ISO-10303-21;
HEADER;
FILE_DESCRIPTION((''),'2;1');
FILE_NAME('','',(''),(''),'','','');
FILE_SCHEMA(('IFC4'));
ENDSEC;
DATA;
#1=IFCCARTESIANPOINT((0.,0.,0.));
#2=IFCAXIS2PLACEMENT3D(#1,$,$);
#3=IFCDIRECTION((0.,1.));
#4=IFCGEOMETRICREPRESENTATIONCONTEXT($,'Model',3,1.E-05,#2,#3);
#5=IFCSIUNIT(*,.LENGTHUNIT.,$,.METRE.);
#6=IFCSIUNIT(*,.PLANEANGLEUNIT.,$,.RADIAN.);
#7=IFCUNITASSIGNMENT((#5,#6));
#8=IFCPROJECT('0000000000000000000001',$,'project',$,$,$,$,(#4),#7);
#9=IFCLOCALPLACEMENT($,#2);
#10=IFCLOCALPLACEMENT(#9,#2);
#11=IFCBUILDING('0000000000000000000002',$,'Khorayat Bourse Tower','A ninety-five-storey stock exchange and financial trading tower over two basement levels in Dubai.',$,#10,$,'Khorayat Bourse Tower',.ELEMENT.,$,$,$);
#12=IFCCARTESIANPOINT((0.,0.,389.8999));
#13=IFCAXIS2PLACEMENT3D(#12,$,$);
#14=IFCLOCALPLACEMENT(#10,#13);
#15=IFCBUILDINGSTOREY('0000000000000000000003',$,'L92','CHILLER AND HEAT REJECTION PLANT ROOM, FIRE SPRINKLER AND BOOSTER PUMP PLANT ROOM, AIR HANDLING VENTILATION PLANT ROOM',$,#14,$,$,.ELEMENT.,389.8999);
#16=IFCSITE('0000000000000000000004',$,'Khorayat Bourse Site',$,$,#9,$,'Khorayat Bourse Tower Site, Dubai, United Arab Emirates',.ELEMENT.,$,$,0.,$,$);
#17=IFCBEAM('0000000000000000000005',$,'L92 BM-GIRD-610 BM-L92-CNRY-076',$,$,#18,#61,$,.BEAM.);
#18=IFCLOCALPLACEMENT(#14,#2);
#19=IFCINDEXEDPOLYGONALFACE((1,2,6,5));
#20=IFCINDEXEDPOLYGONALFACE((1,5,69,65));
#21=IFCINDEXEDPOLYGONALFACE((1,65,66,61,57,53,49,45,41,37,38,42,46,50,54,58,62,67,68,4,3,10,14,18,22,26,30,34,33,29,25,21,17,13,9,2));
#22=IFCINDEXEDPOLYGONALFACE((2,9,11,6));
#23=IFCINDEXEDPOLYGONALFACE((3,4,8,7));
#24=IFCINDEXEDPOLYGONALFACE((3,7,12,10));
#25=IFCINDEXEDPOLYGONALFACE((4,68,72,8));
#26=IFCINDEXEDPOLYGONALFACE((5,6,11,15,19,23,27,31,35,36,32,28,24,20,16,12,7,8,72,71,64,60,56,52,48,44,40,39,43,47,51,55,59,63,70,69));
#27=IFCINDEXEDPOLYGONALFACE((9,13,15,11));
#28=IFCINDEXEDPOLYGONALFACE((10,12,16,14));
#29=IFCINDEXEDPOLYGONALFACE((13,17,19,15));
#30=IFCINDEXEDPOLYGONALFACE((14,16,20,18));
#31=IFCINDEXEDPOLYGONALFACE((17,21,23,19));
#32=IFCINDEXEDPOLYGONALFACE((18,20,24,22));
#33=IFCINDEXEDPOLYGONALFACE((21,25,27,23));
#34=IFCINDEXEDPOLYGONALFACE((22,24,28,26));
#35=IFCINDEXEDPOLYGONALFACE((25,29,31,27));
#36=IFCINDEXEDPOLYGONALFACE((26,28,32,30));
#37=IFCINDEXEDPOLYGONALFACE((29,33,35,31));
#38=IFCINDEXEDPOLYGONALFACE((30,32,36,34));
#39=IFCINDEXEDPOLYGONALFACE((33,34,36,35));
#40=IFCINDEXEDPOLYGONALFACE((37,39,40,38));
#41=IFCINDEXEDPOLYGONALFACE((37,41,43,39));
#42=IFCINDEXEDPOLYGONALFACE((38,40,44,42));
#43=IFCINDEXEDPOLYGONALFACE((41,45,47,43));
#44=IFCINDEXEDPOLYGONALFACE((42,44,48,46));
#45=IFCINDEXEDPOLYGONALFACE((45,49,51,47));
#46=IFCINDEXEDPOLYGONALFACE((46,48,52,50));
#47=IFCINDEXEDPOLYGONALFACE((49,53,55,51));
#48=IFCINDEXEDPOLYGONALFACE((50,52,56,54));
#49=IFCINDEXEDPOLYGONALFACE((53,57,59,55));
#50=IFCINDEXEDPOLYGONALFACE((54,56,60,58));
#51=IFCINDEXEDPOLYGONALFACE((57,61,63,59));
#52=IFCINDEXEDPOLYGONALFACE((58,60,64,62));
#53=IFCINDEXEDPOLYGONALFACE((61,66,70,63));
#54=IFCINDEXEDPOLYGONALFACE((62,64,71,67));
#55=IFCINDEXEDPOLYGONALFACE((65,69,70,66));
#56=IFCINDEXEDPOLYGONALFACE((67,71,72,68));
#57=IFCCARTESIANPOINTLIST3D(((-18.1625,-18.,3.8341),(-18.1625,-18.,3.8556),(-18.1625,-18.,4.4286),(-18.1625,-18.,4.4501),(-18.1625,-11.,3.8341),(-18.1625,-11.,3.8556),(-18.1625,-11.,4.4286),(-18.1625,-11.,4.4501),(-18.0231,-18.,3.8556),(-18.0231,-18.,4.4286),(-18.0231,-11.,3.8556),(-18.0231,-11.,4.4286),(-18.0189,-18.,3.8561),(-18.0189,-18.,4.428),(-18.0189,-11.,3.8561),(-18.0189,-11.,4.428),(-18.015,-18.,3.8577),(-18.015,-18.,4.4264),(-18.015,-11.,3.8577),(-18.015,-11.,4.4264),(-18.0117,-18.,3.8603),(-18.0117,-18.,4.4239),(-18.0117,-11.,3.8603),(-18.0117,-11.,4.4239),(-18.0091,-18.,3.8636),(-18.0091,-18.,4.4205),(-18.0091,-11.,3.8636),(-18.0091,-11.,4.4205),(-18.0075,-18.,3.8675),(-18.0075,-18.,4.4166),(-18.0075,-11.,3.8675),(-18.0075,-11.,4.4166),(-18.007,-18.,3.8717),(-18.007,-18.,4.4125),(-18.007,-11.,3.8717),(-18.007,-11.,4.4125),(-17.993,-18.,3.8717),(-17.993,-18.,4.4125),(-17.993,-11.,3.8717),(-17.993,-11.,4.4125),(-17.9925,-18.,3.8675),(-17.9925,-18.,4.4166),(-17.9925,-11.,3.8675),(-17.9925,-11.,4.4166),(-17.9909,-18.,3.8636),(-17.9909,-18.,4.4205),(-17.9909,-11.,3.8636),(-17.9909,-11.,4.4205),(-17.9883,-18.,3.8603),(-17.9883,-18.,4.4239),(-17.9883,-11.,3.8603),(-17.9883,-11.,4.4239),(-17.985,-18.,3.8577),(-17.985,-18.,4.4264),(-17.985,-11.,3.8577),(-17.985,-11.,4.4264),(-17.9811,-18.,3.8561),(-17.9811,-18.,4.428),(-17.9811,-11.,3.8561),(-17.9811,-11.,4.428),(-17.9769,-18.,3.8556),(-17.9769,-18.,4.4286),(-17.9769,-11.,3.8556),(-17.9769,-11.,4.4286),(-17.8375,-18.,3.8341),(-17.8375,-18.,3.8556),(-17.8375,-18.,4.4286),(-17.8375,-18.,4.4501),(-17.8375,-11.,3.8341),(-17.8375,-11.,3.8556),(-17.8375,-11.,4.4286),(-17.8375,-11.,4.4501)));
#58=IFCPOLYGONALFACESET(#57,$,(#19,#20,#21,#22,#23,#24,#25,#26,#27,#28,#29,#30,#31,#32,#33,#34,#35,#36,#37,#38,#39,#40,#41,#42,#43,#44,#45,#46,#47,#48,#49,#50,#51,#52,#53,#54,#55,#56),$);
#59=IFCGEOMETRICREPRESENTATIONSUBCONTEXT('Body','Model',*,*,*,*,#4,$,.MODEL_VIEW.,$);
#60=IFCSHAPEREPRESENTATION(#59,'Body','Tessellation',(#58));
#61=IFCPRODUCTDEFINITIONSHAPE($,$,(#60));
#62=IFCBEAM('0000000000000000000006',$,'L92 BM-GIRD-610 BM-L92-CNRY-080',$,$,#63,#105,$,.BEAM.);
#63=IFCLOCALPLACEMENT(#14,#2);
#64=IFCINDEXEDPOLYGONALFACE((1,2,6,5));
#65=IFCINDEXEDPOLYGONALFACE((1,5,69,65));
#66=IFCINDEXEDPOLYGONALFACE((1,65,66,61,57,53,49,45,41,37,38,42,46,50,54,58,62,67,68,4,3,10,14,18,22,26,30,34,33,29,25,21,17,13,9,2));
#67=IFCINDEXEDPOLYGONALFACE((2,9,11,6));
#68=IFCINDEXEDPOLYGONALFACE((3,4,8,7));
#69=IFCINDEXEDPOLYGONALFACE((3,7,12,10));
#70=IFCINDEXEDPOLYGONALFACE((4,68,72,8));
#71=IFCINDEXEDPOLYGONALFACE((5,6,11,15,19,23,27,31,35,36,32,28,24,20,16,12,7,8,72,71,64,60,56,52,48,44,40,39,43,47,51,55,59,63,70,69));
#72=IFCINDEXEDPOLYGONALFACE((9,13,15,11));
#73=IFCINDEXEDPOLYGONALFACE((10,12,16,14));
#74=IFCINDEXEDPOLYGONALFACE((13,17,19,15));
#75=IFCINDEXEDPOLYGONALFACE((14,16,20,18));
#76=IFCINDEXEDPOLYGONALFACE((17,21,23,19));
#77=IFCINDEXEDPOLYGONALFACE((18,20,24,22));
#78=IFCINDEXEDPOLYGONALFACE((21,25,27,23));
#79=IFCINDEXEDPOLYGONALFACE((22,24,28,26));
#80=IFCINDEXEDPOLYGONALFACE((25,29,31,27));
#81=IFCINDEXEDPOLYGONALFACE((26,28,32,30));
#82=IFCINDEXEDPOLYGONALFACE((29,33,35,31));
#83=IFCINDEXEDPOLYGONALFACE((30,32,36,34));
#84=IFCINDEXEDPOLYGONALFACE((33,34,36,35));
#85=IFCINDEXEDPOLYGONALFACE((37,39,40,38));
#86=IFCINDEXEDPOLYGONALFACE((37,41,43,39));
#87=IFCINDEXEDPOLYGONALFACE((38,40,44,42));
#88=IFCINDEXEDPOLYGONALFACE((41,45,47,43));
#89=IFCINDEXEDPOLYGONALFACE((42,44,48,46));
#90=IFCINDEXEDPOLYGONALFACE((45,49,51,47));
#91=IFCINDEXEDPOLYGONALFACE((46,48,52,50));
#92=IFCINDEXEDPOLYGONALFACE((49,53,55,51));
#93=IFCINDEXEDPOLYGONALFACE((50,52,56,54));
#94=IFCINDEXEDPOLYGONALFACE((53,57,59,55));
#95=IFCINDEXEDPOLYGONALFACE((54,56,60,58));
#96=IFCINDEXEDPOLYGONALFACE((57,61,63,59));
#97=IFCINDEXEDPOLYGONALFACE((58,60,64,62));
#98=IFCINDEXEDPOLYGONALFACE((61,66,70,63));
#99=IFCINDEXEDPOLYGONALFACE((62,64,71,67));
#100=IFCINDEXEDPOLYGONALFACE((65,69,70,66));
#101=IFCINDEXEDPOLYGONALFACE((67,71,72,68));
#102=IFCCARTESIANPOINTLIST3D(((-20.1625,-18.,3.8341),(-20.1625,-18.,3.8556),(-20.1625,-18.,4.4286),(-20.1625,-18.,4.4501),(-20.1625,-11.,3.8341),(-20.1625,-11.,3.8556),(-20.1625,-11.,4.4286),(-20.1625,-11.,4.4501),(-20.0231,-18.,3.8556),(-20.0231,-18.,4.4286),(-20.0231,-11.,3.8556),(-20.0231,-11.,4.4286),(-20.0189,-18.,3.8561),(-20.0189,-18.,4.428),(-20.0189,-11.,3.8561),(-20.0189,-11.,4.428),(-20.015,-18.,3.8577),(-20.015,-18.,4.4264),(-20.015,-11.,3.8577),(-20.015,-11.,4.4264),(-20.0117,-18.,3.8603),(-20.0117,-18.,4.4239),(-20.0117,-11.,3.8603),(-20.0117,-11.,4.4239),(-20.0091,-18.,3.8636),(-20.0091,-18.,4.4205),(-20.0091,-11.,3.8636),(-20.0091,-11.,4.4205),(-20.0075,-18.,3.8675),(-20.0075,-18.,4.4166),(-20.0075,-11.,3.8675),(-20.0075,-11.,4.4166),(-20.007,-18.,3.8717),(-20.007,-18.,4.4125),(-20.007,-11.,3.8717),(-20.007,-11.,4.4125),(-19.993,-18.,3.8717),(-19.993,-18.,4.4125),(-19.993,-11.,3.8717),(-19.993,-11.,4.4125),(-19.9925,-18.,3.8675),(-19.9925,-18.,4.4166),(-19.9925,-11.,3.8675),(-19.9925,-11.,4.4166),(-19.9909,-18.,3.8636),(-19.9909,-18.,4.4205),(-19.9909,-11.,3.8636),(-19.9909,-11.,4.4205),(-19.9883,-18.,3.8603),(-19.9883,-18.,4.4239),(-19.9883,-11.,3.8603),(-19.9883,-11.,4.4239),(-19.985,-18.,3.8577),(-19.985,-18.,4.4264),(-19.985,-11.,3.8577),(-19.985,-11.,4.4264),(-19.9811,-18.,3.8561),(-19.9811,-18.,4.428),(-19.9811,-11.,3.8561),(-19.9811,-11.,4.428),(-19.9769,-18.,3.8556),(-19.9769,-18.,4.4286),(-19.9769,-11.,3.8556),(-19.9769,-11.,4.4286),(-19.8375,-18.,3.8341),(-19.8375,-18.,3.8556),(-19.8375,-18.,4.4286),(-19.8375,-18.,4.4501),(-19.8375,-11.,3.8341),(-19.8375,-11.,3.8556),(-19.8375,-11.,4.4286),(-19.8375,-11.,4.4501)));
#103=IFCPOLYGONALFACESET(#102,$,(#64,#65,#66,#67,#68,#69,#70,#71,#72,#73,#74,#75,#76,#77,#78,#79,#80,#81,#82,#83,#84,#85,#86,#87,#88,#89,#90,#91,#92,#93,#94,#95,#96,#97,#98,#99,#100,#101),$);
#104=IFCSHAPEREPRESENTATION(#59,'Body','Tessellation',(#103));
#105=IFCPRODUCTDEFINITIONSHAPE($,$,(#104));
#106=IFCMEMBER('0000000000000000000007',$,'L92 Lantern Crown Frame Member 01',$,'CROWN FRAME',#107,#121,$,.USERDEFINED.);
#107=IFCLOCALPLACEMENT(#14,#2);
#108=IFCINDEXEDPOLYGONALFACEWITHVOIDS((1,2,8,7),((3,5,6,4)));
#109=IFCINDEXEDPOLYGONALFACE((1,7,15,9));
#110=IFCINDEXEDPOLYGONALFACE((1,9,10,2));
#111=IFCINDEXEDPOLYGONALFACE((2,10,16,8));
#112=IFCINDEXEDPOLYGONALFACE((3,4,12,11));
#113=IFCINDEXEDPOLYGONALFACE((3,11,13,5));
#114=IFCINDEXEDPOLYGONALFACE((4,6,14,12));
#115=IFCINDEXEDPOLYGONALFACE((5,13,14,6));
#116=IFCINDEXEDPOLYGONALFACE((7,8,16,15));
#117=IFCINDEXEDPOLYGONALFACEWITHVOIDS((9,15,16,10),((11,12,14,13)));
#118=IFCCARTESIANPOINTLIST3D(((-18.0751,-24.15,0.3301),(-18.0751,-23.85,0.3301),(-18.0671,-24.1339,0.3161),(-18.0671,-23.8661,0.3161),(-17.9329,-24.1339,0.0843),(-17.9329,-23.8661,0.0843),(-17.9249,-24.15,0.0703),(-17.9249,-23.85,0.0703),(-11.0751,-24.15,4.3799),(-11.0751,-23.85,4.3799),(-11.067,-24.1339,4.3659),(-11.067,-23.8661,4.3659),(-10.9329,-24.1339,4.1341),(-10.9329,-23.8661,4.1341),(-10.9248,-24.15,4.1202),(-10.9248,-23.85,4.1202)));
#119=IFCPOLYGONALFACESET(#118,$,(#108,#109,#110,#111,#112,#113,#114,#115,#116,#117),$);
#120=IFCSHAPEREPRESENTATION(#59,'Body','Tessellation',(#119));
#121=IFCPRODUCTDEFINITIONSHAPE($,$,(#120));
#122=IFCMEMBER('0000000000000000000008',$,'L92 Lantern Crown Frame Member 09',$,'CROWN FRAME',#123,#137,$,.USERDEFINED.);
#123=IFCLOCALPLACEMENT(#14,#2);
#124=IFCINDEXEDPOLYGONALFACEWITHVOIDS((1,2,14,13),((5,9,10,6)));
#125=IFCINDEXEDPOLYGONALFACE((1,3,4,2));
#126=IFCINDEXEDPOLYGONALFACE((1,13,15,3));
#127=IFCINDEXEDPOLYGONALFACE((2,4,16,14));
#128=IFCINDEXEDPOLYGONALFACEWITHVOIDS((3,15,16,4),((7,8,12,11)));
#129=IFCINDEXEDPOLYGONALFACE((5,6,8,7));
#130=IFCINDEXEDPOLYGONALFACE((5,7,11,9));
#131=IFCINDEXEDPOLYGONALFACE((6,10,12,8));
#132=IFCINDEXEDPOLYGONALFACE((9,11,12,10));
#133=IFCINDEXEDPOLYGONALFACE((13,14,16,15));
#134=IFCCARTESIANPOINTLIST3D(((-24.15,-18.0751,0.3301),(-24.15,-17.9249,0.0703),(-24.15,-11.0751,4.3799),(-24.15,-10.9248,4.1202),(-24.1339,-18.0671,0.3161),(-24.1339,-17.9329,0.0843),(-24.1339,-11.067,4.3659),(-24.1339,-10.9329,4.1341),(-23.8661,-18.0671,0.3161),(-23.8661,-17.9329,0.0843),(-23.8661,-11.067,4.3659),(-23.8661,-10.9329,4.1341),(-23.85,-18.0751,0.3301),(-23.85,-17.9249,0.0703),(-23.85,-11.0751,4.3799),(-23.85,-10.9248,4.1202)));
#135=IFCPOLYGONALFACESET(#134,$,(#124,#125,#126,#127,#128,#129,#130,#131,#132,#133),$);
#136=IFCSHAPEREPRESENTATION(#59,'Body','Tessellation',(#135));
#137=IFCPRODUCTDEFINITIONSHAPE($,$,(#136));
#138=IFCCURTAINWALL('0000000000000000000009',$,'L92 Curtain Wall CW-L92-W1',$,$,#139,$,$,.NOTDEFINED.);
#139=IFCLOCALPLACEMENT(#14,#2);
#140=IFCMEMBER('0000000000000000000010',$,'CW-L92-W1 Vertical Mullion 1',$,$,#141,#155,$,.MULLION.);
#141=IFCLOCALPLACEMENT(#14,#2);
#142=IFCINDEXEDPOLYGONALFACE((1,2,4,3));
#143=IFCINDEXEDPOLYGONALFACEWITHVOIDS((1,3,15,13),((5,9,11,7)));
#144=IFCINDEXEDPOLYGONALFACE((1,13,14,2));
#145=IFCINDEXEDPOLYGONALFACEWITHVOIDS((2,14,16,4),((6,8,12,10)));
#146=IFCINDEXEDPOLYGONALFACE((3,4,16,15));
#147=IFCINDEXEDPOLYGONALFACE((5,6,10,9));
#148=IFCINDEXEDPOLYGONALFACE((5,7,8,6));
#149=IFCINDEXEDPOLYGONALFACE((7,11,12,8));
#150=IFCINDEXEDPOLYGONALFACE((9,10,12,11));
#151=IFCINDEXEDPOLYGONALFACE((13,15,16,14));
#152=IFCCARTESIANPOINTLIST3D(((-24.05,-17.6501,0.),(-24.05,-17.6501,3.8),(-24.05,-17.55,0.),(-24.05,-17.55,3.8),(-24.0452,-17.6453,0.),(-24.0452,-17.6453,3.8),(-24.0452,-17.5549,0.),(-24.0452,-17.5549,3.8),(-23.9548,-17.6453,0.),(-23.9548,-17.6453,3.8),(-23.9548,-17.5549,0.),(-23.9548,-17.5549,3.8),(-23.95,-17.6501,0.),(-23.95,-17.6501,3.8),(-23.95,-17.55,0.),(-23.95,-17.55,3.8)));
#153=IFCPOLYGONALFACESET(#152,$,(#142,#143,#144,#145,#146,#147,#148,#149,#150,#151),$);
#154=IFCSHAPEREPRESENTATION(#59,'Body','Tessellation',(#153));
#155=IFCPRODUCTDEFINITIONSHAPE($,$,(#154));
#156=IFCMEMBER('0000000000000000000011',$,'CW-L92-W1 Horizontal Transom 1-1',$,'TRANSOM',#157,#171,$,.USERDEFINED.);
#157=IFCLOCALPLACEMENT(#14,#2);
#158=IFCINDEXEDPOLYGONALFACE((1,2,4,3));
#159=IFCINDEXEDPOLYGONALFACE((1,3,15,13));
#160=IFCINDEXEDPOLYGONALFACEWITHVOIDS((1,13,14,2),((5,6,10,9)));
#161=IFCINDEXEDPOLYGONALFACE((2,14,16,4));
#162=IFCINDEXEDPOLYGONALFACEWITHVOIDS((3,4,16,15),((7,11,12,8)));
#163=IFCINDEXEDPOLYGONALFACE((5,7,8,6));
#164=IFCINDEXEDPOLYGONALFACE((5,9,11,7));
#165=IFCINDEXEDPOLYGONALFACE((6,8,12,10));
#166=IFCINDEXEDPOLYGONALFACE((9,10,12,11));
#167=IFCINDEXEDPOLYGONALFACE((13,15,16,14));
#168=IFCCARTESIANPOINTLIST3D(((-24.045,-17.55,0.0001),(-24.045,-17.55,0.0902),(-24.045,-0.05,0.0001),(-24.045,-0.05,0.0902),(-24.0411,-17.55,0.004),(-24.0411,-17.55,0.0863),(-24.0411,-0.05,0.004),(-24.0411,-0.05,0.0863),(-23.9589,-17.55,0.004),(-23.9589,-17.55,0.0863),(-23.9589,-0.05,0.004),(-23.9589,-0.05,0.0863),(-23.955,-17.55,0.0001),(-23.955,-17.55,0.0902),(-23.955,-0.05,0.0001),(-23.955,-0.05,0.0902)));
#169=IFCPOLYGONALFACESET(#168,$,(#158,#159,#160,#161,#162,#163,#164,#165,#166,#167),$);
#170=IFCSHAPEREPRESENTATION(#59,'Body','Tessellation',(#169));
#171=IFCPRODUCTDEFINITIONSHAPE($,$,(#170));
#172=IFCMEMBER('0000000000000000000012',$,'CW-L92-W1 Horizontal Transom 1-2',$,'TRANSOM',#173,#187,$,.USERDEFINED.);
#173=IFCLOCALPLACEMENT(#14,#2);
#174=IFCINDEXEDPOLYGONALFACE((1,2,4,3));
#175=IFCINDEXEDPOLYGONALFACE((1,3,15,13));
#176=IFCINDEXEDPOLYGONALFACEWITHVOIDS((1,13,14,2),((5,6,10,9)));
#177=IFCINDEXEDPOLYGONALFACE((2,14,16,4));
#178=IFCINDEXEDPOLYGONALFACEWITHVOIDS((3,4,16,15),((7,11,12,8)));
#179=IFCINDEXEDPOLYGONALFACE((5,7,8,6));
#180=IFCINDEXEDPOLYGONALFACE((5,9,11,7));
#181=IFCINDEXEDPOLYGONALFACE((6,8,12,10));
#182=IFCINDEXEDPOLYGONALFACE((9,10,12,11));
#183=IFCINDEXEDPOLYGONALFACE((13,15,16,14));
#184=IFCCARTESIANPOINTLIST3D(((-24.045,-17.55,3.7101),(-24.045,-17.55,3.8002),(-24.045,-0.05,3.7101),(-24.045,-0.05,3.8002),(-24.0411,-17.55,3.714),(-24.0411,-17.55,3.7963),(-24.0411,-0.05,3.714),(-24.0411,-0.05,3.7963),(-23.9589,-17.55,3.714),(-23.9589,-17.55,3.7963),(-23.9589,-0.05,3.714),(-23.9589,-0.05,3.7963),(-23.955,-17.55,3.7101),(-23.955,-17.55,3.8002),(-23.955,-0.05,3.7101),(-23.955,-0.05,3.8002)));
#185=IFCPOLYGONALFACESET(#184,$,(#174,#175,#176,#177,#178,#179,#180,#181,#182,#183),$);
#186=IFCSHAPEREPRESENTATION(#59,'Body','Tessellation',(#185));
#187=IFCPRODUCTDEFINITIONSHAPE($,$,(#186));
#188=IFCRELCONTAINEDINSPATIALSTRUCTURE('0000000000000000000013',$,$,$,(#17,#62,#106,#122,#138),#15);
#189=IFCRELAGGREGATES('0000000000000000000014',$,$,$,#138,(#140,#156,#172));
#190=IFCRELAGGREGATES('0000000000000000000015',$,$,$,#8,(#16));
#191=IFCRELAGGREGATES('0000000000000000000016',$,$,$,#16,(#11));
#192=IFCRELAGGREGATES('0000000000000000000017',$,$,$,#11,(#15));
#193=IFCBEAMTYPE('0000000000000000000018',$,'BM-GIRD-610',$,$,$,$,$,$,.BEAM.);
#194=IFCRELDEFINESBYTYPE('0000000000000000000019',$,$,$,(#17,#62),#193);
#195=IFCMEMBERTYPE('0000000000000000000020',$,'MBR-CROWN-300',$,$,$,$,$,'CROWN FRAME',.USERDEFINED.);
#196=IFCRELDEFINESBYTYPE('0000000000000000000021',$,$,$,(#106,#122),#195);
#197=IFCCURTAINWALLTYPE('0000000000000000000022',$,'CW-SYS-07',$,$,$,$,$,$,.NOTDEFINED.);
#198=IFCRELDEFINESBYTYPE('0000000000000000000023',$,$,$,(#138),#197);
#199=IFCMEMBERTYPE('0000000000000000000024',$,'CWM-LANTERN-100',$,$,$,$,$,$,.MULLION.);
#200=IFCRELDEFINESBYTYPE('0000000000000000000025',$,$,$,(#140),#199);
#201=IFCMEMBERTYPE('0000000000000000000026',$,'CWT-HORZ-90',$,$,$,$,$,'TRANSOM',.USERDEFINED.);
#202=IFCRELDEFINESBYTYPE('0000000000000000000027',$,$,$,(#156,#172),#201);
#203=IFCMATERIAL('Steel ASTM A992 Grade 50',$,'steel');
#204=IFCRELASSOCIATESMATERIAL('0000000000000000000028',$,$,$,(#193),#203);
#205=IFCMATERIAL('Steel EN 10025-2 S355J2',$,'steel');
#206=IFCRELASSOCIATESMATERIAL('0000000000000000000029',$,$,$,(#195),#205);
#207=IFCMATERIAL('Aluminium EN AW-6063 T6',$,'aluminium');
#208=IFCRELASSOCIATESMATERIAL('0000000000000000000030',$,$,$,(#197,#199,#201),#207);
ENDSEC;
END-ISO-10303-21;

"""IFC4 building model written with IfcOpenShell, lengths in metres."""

from ifc_helpers import new_model, si_unit, direction, frame, origin, origin_2d, place, context, subcontext, project, spatial, hollow_rectangle, i_section, extrude, source, transform, mapped, material, material_profile, profile_set, type_object, element, aggregate, save


model = new_model("IFC4")

# Units and contexts
model_context = context("Model", 3, precision=1e-05, world=origin(), true_north=direction((0.0, 1.0)))
body_context = subcontext(model_context, "Body", "Model", "MODEL_VIEW")
ifc_project = project(units=[si_unit("LENGTHUNIT", "METRE"), si_unit("PLANEANGLEUNIT", "RADIAN")], contexts=[model_context])

# Site, building, storey
site_placement = place(None, origin())
site = spatial("IfcSite", under=ifc_project, at=site_placement, Name="Khorayat Bourse Site", LongName="Khorayat Bourse Tower Site, Dubai, United Arab Emirates", CompositionType="ELEMENT", RefElevation=0.0)
building_placement = place(site_placement, origin())
building = spatial("IfcBuilding", under=site, at=building_placement, Name="Khorayat Bourse Tower", Description="A ninety-five-storey stock exchange and financial trading tower over two basement levels in Dubai.", LongName="Khorayat Bourse Tower", CompositionType="ELEMENT")
storey_placement = place(building_placement, frame((0.0, 0.0, 389.8999)))
storey = spatial("IfcBuildingStorey", under=building, at=storey_placement, Name="L92", Description="CHILLER AND HEAT REJECTION PLANT ROOM, FIRE SPRINKLER AND BOOSTER PUMP PLANT ROOM, AIR HANDLING VENTILATION PLANT ROOM", CompositionType="ELEMENT", Elevation=389.8999)

# Shared definitions
ifc_material_1 = material(Name="Steel EN 10025-2 S355J2", Category="steel")

# Beams
ifc_material_2 = material(Name="Steel ASTM A992 Grade 50", Category="steel")
ifc_material_profile_1 = material_profile(ifc_material_2, i_section(OverallWidth=0.325, OverallDepth=0.616, WebThickness=0.0139, FlangeThickness=0.0215, FilletRadius=0.0161, at=origin_2d()), Name="W610X174")
ifc_profile_set_1 = profile_set([ifc_material_profile_1], Name="Steel ASTM A992 Grade 50")
beam_type_1 = type_object("IfcBeamType", Name="BM-GIRD-610", PredefinedType="BEAM", material=ifc_profile_set_1)
shared_shape_1 = source(origin(), body_context, "Body", "SweptSolid", [
    extrude(i_section(OverallWidth=0.325, OverallDepth=0.616, WebThickness=0.0139, FlangeThickness=0.0215, FilletRadius=0.0161, at=origin_2d()), origin(), (0.0, 0.0, 1.0), 7.0),
])
for number, where, z_axis, x_axis, name in (
    (1, (-18.0, -18.0, 4.1421), (0.0, 1.0, 0.0), (-1.0, 0.0, 0.0), "L92 BM-GIRD-610 BM-L92-CNRY-076"),
    (2, (-20.0, -18.0, 4.1421), (0.0, 1.0, 0.0), (-1.0, 0.0, 0.0), "L92 BM-GIRD-610 BM-L92-CNRY-080"),
):
    element("IfcBeam", number, at=place(storey_placement, frame(where, z_axis=z_axis, x_axis=x_axis)), inside=storey, type_object=beam_type_1, Name=name, PredefinedType="BEAM", context=body_context, shape_type="MappedRepresentation", body=[
        mapped(shared_shape_1, transform((0.0, 0.0, 0.0), scale=1.0)),
    ])

# Members
ifc_material_profile_2 = material_profile(ifc_material_1, hollow_rectangle(XDim=0.3, YDim=0.3, WallThickness=0.0161, at=origin_2d()), Name="HSS 300x300x16")
ifc_profile_set_2 = profile_set([ifc_material_profile_2], Name="Steel EN 10025-2 S355J2")
member_type_1 = type_object("IfcMemberType", Name="MBR-CROWN-300", ElementType="CROWN FRAME", PredefinedType="USERDEFINED", material=ifc_profile_set_2)
shared_shape_2 = source(origin(), body_context, "Body", "SweptSolid", [
    extrude(hollow_rectangle(XDim=0.3, YDim=0.3, WallThickness=0.0161, at=origin_2d()), origin(), (0.0, 0.0, 1.0), 8.0872),
])
for number, where, z_axis, x_axis, name in (
    (3, (-18.0, -24.0, 0.2002), (0.865578, 0.0, 0.500774), (0.0, 1.0, 0.0), "L92 Lantern Crown Frame Member 01"),
    (4, (-24.0, -18.0, 0.2002), (0.0, 0.865578, 0.500774), (-1.0, 0.0, 0.0), "L92 Lantern Crown Frame Member 09"),
):
    element("IfcMember", number, at=place(storey_placement, frame(where, z_axis=z_axis, x_axis=x_axis)), inside=storey, type_object=member_type_1, Name=name, ObjectType="CROWN FRAME", PredefinedType="USERDEFINED", context=body_context, shape_type="MappedRepresentation", body=[
        mapped(shared_shape_2, transform((0.0, 0.0, 0.0), scale=1.0)),
    ])

# Curtain wall, members
ifc_material_3 = material(Name="Aluminium EN AW-6063 T6", Category="aluminium")
curtain_wall_type = type_object("IfcCurtainWallType", Name="CW-SYS-07", PredefinedType="NOTDEFINED", material=ifc_material_3)
curtain_wall_placement = place(storey_placement, origin())
curtain_wall = element("IfcCurtainWall", 5, at=curtain_wall_placement, inside=storey, type_object=curtain_wall_type, Name="L92 Curtain Wall CW-L92-W1", PredefinedType="NOTDEFINED")
ifc_material_profile_3 = material_profile(ifc_material_3, hollow_rectangle(XDim=0.1001, YDim=0.1001, WallThickness=0.0049, at=origin_2d()), Name="ALU 100x100x5")
ifc_profile_set_3 = profile_set([ifc_material_profile_3], Name="Aluminium EN AW-6063 T6")
member_type_2 = type_object("IfcMemberType", Name="CWM-LANTERN-100", PredefinedType="MULLION", material=ifc_profile_set_3)
shared_shape_3 = source(origin(), body_context, "Body", "SweptSolid", [
    extrude(hollow_rectangle(XDim=0.1001, YDim=0.1001, WallThickness=0.0049, at=origin_2d()), origin(), (0.0, 0.0, 1.0), 3.8),
])
member_1_placement = place(storey_placement, frame((-24.0, -17.6001, 0.0), z_axis=(0.0, 0.0, 1.0), x_axis=(-1.0, 0.0, 0.0)))
member_1 = element("IfcMember", 6, at=member_1_placement, type_object=member_type_2, Name="CW-L92-W1 Vertical Mullion 1", PredefinedType="MULLION", context=body_context, shape_type="MappedRepresentation", body=[
    mapped(shared_shape_3, transform((0.0, 0.0, 0.0), scale=1.0)),
])
ifc_material_profile_4 = material_profile(ifc_material_3, hollow_rectangle(XDim=0.0901, YDim=0.0901, WallThickness=0.0039, at=origin_2d()), Name="ALU 90x90x4")
ifc_profile_set_4 = profile_set([ifc_material_profile_4], Name="Aluminium EN AW-6063 T6")
member_type_3 = type_object("IfcMemberType", Name="CWT-HORZ-90", ElementType="TRANSOM", PredefinedType="USERDEFINED", material=ifc_profile_set_4)
shared_shape_4 = source(origin(), body_context, "Body", "SweptSolid", [
    extrude(hollow_rectangle(XDim=0.0901, YDim=0.0901, WallThickness=0.0039, at=origin_2d()), origin(), (0.0, 0.0, 1.0), 17.5),
])
member_2_placement = place(storey_placement, frame((-24.0, -17.55, 0.0452), z_axis=(0.0, 1.0, 0.0), x_axis=(-1.0, 0.0, 0.0)))
member_2 = element("IfcMember", 7, at=member_2_placement, type_object=member_type_3, Name="CW-L92-W1 Horizontal Transom 1-1", ObjectType="TRANSOM", PredefinedType="USERDEFINED", context=body_context, shape_type="MappedRepresentation", body=[
    mapped(shared_shape_4, transform((0.0, 0.0, 0.0), scale=1.0)),
])
member_3_placement = place(storey_placement, frame((-24.0, -17.55, 3.7551), z_axis=(0.0, 1.0, 0.0), x_axis=(-1.0, 0.0, 0.0)))
member_3 = element("IfcMember", 8, at=member_3_placement, type_object=member_type_3, Name="CW-L92-W1 Horizontal Transom 1-2", ObjectType="TRANSOM", PredefinedType="USERDEFINED", context=body_context, shape_type="MappedRepresentation", body=[
    mapped(shared_shape_4, transform((0.0, 0.0, 0.0), scale=1.0)),
])
aggregate(curtain_wall, [member_1, member_2, member_3])

save(model, "model.ifc")
